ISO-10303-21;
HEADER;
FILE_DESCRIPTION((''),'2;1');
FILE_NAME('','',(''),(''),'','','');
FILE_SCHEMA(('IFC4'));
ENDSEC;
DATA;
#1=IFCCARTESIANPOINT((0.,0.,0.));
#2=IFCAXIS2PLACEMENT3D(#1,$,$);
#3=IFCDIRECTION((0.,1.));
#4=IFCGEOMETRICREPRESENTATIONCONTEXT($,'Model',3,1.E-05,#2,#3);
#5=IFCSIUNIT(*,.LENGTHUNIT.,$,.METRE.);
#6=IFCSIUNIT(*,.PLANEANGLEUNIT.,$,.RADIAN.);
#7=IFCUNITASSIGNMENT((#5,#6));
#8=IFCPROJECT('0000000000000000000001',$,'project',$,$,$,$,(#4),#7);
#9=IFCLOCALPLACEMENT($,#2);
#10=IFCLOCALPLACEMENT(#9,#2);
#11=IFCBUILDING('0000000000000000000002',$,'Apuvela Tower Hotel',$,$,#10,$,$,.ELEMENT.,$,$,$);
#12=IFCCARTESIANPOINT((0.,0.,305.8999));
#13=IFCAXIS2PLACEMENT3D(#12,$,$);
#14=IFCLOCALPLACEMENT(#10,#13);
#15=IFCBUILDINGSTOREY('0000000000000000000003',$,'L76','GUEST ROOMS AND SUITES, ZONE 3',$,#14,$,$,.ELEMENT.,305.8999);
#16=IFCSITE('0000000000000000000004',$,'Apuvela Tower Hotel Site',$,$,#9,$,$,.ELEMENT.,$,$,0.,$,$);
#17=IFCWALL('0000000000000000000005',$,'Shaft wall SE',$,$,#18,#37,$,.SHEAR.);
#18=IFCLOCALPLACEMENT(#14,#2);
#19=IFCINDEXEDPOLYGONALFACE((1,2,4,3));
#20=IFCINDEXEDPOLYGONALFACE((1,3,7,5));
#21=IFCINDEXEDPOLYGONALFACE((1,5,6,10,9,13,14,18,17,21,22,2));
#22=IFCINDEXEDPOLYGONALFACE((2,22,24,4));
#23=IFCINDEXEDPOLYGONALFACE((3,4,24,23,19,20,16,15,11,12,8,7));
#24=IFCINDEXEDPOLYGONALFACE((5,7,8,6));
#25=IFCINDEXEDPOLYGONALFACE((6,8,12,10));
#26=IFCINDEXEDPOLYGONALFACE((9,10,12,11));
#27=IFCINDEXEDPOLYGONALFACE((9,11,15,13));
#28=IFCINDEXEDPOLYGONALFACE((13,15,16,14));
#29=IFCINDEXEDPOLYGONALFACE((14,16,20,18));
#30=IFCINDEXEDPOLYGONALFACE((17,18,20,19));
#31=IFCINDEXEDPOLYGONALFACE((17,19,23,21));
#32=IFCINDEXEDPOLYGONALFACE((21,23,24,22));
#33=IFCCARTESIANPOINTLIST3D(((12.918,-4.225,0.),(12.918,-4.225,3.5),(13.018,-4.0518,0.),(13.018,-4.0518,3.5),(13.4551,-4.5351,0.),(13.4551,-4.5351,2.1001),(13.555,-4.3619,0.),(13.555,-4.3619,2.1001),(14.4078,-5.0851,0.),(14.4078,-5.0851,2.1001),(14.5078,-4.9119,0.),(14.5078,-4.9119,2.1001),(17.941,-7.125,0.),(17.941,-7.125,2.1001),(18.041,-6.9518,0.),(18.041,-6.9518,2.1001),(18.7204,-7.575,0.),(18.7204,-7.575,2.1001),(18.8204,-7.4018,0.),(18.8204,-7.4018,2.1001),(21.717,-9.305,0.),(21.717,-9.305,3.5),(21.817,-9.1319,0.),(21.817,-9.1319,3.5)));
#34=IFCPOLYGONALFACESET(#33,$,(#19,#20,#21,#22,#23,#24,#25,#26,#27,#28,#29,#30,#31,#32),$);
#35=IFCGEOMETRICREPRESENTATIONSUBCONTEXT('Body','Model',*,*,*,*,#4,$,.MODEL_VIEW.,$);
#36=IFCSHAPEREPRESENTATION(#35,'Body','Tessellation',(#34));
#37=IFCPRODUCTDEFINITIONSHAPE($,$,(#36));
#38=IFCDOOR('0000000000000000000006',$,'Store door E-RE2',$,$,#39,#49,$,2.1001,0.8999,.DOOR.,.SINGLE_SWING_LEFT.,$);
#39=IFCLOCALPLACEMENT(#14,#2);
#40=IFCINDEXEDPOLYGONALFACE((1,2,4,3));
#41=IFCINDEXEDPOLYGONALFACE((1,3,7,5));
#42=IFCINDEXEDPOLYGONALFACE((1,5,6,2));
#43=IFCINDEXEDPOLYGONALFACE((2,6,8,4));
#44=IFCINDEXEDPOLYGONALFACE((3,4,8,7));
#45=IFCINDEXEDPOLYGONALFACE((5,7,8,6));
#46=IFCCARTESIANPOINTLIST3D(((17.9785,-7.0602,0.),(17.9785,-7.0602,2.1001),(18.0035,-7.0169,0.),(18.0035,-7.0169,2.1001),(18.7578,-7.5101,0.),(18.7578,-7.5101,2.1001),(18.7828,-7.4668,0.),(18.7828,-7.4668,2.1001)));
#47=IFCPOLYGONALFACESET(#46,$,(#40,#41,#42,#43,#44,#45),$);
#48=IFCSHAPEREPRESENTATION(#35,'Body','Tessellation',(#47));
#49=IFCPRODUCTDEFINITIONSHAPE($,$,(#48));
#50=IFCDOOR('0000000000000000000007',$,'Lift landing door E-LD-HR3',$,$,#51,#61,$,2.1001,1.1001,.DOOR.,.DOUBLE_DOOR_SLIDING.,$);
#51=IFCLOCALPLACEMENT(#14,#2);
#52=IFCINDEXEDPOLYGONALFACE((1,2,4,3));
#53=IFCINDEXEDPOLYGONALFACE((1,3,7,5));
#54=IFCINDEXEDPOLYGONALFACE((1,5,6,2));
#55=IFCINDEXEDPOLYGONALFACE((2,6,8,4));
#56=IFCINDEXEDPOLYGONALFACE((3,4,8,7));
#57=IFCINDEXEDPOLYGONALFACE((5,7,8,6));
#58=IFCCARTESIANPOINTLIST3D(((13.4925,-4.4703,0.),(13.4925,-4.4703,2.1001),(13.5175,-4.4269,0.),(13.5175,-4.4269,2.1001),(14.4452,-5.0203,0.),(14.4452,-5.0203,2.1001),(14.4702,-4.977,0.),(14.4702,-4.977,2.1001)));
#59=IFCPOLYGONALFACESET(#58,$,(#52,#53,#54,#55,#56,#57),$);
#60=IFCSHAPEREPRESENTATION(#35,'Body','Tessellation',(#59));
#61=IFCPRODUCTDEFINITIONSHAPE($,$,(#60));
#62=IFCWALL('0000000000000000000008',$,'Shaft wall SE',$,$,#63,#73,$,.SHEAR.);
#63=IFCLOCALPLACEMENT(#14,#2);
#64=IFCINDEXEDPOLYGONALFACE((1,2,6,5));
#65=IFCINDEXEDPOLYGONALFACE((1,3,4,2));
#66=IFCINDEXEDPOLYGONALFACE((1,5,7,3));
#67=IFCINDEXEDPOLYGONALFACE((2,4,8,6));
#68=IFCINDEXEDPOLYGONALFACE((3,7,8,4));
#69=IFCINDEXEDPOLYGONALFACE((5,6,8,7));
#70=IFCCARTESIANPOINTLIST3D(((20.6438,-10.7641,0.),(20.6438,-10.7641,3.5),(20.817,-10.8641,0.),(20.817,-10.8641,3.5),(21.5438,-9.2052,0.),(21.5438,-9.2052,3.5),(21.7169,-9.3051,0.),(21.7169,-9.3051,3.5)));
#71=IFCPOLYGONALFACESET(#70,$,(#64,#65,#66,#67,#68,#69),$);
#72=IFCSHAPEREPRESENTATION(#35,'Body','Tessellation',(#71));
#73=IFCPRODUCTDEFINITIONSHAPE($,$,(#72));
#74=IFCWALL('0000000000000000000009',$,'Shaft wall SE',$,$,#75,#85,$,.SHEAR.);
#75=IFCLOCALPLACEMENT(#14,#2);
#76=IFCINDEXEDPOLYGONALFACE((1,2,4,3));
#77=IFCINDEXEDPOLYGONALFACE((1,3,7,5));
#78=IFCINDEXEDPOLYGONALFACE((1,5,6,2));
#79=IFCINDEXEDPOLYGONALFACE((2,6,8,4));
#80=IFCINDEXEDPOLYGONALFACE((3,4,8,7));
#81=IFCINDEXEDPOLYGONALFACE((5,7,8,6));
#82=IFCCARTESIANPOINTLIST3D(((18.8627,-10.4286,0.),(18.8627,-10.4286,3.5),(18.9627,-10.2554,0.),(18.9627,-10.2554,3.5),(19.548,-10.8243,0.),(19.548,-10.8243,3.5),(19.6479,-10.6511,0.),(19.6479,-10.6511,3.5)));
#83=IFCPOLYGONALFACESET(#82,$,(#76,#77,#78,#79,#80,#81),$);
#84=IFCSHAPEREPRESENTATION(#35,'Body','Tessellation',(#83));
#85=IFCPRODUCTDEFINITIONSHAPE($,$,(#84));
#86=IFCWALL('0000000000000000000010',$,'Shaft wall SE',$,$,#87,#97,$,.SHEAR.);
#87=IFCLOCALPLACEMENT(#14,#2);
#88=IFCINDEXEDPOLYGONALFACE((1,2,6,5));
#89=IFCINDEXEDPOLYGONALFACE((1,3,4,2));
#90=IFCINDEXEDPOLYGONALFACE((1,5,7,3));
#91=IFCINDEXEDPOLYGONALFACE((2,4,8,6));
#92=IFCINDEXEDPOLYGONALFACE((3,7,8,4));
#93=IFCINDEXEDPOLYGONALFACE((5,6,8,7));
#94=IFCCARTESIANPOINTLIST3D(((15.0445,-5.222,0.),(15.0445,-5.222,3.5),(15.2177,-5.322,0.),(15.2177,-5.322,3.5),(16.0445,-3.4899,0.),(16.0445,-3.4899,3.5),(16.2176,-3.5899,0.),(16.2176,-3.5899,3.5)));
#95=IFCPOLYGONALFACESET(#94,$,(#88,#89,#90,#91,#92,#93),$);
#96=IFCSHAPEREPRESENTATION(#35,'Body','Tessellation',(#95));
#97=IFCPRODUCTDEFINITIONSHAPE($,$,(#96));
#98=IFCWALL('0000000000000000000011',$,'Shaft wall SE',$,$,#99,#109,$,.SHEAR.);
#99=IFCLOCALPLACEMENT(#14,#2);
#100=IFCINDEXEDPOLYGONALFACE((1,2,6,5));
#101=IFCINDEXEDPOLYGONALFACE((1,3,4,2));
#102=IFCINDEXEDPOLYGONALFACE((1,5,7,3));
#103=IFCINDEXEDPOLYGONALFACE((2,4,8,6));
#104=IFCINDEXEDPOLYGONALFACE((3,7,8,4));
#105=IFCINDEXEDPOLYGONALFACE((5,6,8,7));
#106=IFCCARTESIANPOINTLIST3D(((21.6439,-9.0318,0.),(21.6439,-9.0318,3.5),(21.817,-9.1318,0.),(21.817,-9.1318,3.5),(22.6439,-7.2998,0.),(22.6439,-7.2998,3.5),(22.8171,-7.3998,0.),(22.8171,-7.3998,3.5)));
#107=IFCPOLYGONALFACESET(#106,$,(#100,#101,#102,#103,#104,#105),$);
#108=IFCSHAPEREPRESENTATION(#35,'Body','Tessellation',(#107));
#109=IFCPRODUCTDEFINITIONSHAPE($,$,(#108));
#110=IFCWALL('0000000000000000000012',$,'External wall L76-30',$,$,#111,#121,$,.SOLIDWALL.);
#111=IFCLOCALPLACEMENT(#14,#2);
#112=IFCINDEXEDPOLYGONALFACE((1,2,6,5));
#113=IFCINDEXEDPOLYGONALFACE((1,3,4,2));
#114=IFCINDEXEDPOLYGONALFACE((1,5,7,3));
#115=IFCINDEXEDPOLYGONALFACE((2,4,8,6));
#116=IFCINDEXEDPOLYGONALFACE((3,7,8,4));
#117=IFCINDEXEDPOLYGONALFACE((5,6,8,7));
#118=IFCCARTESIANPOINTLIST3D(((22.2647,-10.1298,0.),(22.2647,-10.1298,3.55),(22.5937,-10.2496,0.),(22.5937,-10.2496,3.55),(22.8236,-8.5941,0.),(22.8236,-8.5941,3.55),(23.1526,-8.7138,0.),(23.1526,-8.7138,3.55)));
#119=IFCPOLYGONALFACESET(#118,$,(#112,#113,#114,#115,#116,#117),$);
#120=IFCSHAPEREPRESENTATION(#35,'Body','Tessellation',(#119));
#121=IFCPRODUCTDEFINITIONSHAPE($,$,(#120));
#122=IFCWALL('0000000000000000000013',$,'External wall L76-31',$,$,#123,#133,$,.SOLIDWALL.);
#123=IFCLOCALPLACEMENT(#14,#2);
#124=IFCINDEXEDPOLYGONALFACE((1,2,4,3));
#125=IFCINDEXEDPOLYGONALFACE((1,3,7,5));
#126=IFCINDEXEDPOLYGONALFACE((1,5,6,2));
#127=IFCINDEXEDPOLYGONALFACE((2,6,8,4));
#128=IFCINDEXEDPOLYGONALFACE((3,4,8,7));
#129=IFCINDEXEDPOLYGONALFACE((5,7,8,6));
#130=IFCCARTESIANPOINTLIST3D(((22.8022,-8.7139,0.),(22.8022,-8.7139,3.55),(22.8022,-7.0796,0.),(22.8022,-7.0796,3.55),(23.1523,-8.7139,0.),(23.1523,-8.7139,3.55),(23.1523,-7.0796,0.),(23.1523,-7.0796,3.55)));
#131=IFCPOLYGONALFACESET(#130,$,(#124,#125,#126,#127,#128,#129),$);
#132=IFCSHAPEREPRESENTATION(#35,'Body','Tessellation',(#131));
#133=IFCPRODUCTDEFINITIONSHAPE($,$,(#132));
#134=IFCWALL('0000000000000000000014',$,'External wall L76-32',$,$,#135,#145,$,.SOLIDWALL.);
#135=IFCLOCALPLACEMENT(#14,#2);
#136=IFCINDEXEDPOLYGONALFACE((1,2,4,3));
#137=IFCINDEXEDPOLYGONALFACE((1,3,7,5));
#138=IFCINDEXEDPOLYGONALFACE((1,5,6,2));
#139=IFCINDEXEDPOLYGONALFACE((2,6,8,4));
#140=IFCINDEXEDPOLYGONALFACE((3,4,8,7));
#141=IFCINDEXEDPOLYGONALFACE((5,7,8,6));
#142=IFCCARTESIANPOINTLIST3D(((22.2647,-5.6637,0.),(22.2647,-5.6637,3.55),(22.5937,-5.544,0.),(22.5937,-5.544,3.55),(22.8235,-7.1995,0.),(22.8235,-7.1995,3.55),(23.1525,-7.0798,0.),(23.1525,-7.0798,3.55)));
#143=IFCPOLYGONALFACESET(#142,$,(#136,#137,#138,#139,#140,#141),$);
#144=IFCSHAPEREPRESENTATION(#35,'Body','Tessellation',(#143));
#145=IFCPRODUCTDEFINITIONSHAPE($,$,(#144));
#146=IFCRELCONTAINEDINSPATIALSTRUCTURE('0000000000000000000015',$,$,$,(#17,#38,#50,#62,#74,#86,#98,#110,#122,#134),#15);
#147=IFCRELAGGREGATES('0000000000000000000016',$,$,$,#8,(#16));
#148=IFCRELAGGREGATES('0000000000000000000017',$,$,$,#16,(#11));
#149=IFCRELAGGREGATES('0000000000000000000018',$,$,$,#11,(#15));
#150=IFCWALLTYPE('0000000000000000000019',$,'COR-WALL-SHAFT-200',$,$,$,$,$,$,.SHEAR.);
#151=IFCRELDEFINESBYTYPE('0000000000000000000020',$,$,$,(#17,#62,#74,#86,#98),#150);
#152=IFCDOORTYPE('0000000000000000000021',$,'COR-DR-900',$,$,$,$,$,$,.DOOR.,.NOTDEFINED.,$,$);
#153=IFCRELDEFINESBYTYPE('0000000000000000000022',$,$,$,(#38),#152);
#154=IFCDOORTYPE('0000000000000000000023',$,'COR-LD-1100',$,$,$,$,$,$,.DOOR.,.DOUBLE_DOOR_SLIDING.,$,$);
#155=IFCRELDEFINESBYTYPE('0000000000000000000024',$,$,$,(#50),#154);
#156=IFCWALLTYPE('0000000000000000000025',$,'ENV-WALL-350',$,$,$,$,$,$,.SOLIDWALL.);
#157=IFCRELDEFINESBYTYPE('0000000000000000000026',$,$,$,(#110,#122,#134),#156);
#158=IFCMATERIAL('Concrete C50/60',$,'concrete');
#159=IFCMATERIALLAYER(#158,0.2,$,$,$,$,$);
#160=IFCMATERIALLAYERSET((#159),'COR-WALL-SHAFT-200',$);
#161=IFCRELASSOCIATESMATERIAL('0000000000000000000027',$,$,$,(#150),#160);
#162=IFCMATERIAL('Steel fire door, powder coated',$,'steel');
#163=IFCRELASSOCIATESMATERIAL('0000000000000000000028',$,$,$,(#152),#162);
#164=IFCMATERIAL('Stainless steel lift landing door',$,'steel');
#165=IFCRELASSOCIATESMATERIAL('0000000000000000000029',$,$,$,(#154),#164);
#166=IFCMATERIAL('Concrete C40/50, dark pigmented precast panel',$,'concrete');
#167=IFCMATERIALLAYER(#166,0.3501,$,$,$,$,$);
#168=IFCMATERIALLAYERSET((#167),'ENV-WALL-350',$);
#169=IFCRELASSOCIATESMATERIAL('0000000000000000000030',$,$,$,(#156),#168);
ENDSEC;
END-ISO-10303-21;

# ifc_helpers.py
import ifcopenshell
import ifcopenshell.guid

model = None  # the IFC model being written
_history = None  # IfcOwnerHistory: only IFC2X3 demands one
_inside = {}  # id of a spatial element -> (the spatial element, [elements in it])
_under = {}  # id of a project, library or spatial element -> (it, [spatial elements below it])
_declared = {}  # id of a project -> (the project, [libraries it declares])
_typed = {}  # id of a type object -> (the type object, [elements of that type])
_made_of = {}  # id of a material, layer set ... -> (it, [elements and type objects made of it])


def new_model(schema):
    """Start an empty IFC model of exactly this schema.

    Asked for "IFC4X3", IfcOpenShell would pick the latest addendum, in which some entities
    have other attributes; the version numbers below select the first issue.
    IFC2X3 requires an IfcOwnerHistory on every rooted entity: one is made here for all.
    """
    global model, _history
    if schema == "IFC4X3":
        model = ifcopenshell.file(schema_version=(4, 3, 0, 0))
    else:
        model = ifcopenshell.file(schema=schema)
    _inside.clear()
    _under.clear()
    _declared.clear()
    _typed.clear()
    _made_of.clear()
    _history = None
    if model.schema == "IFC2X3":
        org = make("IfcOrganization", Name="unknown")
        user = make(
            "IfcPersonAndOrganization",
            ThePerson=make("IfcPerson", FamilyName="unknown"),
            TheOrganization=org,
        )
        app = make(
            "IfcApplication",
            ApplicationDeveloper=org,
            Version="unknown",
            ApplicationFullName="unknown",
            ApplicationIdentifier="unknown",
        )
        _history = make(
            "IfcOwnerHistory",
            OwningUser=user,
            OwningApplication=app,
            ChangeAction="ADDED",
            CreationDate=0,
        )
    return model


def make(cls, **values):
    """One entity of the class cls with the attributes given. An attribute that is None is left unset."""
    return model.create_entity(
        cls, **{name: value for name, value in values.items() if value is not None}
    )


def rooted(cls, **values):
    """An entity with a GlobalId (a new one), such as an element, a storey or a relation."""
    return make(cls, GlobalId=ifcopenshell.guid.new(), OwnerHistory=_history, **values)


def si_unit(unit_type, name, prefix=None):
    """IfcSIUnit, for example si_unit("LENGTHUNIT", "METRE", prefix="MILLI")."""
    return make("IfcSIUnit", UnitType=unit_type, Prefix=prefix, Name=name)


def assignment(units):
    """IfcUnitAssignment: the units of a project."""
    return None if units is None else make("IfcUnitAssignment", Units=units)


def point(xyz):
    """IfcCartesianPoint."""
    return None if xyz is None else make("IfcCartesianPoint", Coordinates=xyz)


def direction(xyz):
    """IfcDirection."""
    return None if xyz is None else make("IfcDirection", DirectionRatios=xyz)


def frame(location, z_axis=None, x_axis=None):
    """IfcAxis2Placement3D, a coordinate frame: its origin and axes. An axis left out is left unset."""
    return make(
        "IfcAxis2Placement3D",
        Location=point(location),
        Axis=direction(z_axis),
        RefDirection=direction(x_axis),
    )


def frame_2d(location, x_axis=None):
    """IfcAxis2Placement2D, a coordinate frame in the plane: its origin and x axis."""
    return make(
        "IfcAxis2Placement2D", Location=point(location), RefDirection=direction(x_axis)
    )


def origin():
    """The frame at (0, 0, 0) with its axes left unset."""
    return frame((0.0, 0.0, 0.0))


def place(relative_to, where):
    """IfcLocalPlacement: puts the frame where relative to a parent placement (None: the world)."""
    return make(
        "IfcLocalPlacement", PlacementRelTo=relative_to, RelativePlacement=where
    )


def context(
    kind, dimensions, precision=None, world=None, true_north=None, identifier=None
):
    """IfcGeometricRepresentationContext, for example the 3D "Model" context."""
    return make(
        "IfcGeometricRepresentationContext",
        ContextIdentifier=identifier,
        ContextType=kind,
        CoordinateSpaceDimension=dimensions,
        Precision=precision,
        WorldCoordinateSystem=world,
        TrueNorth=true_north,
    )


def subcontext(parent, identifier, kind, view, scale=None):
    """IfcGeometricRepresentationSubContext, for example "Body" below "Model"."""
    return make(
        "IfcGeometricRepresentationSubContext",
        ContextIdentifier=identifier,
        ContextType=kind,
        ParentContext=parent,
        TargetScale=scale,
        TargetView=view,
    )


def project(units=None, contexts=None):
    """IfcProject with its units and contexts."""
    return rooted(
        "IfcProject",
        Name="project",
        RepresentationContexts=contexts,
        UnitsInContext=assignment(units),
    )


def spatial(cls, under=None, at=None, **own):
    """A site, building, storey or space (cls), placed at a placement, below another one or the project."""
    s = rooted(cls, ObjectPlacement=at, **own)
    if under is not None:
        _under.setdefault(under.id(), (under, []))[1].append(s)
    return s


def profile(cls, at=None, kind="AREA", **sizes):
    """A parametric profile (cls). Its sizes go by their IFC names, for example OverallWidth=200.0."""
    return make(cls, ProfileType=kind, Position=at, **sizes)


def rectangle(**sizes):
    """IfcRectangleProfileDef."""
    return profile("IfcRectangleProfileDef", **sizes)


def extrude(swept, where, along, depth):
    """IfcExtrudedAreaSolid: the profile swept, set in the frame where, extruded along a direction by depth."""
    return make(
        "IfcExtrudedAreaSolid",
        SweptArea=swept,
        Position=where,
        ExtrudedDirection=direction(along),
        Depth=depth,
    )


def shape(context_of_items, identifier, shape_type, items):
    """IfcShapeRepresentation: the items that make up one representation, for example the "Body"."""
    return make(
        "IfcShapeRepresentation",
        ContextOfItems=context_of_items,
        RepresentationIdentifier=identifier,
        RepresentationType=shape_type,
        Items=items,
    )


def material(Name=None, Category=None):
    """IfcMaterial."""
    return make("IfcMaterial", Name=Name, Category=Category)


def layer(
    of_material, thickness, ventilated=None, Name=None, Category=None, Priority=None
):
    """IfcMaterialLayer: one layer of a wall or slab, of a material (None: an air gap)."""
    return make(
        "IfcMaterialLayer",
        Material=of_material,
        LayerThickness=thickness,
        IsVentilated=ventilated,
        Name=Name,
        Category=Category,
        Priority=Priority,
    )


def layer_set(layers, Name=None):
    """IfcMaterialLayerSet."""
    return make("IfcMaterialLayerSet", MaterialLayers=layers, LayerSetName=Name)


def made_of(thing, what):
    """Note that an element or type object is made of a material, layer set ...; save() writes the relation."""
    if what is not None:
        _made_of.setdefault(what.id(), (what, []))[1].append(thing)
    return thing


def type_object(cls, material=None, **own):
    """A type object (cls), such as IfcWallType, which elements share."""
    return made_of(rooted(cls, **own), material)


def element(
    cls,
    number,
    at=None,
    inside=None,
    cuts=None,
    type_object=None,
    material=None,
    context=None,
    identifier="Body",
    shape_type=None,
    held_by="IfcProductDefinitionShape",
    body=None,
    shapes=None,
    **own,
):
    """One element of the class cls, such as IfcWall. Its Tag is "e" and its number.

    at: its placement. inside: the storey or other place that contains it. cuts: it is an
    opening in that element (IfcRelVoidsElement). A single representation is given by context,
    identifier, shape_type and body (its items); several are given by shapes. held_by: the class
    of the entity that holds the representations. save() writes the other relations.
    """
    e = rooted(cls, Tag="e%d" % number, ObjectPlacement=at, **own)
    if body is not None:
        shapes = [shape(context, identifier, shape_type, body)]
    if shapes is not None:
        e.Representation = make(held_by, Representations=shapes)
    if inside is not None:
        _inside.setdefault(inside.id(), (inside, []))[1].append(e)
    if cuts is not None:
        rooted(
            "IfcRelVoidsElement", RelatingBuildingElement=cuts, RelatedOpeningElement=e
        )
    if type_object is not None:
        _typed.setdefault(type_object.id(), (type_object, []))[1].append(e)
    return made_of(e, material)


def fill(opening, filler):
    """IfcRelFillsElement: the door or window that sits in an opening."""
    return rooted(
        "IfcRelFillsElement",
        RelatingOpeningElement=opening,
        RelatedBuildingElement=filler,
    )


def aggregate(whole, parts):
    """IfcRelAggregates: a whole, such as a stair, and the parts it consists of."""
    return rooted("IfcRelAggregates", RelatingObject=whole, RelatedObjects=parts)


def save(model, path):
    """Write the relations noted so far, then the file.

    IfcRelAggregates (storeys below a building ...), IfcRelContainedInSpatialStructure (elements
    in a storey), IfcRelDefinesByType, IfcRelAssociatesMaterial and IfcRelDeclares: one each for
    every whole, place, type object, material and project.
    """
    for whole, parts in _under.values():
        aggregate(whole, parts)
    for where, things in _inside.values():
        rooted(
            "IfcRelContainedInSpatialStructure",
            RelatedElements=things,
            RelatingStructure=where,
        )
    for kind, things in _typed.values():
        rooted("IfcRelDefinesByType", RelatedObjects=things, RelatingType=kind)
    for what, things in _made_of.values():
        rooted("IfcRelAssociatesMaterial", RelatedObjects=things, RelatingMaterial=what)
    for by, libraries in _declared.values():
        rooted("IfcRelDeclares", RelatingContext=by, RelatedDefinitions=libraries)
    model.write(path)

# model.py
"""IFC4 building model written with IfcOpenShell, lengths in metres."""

from ifc_helpers import new_model, si_unit, direction, frame, frame_2d, origin, place, context, subcontext, project, spatial, rectangle, extrude, material, layer, layer_set, type_object, element, fill, save


model = new_model("IFC4")

# Units and contexts
model_context = context("Model", 3, precision=1e-05, world=origin(), true_north=direction((0.0, 1.0)))
body_context = subcontext(model_context, "Body", "Model", "MODEL_VIEW")
ifc_project = project(units=[si_unit("LENGTHUNIT", "METRE"), si_unit("PLANEANGLEUNIT", "RADIAN")], contexts=[model_context])

# Site, building, storey
site_placement = place(None, origin())
site = spatial("IfcSite", under=ifc_project, at=site_placement, Name="Apuvela Tower Hotel Site", CompositionType="ELEMENT", RefElevation=0.0)
building_placement = place(site_placement, origin())
building = spatial("IfcBuilding", under=site, at=building_placement, Name="Apuvela Tower Hotel", CompositionType="ELEMENT")
storey_placement = place(building_placement, frame((0.0, 0.0, 305.8999)))
storey = spatial("IfcBuildingStorey", under=building, at=storey_placement, Name="L76", Description="GUEST ROOMS AND SUITES, ZONE 3", CompositionType="ELEMENT", Elevation=305.8999)

# Shared definitions
ifc_material_1 = material(Name="Concrete C50/60", Category="concrete")
ifc_layer_1 = layer(ifc_material_1, 0.2)
ifc_layer_set_1 = layer_set([ifc_layer_1], Name="COR-WALL-SHAFT-200")
wall_type_1 = type_object("IfcWallType", Name="COR-WALL-SHAFT-200", PredefinedType="SHEAR", material=ifc_layer_set_1)

# Wall, openings, doors
wall_1_placement = place(storey_placement, frame((12.968, -4.1384, 0.0), z_axis=(0.0, 0.0, 1.0), x_axis=(0.866028, -0.499995, 0.0)))
wall_1 = element("IfcWall", 1, at=wall_1_placement, inside=storey, type_object=wall_type_1, Name="Shaft wall SE", PredefinedType="SHEAR", context=body_context, shape_type="SweptSolid", body=[
    extrude(rectangle(XDim=10.1602, YDim=0.2, at=frame_2d((5.0801, 0.0))), origin(), (0.0, 0.0, 1.0), 3.5),
])
opening_1_placement = place(wall_1_placement, frame((0.6201, 0.0, 0.0)))
opening_1 = element("IfcOpeningElement", 2, at=opening_1_placement, cuts=wall_1, PredefinedType="OPENING", context=body_context, shape_type="SweptSolid", body=[
    extrude(rectangle(XDim=1.1001, YDim=2.1001, at=frame_2d((0.55, 1.05))), frame((0.0, 0.1099, 0.0), z_axis=(0.0, -1.0, 0.0), x_axis=(1.0, 0.0, 0.0)), (0.0, 0.0, 1.0), 0.22),
])
opening_2_placement = place(wall_1_placement, frame((5.8, 0.0, 0.0)))
opening_2 = element("IfcOpeningElement", 3, at=opening_2_placement, cuts=wall_1, PredefinedType="OPENING", context=body_context, shape_type="SweptSolid", body=[
    extrude(rectangle(XDim=0.8999, YDim=2.1001, at=frame_2d((0.45, 1.05))), frame((0.0, 0.1099, 0.0), z_axis=(0.0, -1.0, 0.0), x_axis=(1.0, 0.0, 0.0)), (0.0, 0.0, 1.0), 0.22),
])
ifc_material_2 = material(Name="Steel fire door, powder coated", Category="steel")
door_type_1 = type_object("IfcDoorType", Name="COR-DR-900", OperationType="NOTDEFINED", PredefinedType="DOOR", material=ifc_material_2)
door_1_placement = place(opening_2_placement, origin())
door_1 = element("IfcDoor", 4, at=door_1_placement, inside=storey, type_object=door_type_1, Name="Store door E-RE2", OperationType="SINGLE_SWING_LEFT", OverallHeight=2.1001, OverallWidth=0.8999, PredefinedType="DOOR", context=body_context, shape_type="SweptSolid", body=[
    extrude(rectangle(XDim=0.8999, YDim=2.1001, at=frame_2d((0.45, 1.05))), frame((0.0, 0.0249, 0.0), z_axis=(0.0, -1.0, 0.0), x_axis=(1.0, 0.0, 0.0)), (0.0, 0.0, 1.0), 0.05),
])
fill(opening_2, door_1)
ifc_material_3 = material(Name="Stainless steel lift landing door", Category="steel")
door_type_2 = type_object("IfcDoorType", Name="COR-LD-1100", OperationType="DOUBLE_DOOR_SLIDING", PredefinedType="DOOR", material=ifc_material_3)
door_2_placement = place(opening_1_placement, origin())
door_2 = element("IfcDoor", 5, at=door_2_placement, inside=storey, type_object=door_type_2, Name="Lift landing door E-LD-HR3", OperationType="DOUBLE_DOOR_SLIDING", OverallHeight=2.1001, OverallWidth=1.1001, PredefinedType="DOOR", context=body_context, shape_type="SweptSolid", body=[
    extrude(rectangle(XDim=1.1001, YDim=2.1001, at=frame_2d((0.55, 1.05))), frame((0.0, 0.0249, 0.0), z_axis=(0.0, -1.0, 0.0), x_axis=(1.0, 0.0, 0.0)), (0.0, 0.0, 1.0), 0.05),
])
fill(opening_1, door_2)

# Walls
wall_2_placement = place(storey_placement, frame((20.7305, -10.814, 0.0), z_axis=(0.0, 0.0, 1.0), x_axis=(0.499961, 0.866048, 0.0)))
element("IfcWall", 6, at=wall_2_placement, inside=storey, type_object=wall_type_1, Name="Shaft wall SE", PredefinedType="SHEAR", context=body_context, shape_type="SweptSolid", body=[
    extrude(rectangle(XDim=1.8, YDim=0.2, at=frame_2d((0.8999, 0.0))), origin(), (0.0, 0.0, 1.0), 3.5),
])
wall_3_placement = place(storey_placement, frame((18.9128, -10.342, 0.0), z_axis=(0.0, 0.0, 1.0), x_axis=(0.865975, -0.500087, 0.0)))
element("IfcWall", 7, at=wall_3_placement, inside=storey, type_object=wall_type_1, Name="Shaft wall SE", PredefinedType="SHEAR", context=body_context, shape_type="SweptSolid", body=[
    extrude(rectangle(XDim=0.7913, YDim=0.2, at=frame_2d((0.3955, 0.0))), origin(), (0.0, 0.0, 1.0), 3.5),
])
for number, where, z_axis, x_axis, name in (
    (8, (15.1311, -5.272, 0.0), (0.0, 0.0, 1.0), (0.499973, 0.866041, 0.0), "Shaft wall SE"),
    (9, (21.7305, -9.0818, 0.0), (0.0, 0.0, 1.0), (0.500025, 0.866011, 0.0), "Shaft wall SE"),
):
    element("IfcWall", number, at=place(storey_placement, frame(where, z_axis=z_axis, x_axis=x_axis)), inside=storey, type_object=wall_type_1, Name=name, PredefinedType="SHEAR", context=body_context, shape_type="SweptSolid", body=[
        extrude(rectangle(XDim=2.0, YDim=0.2, at=frame_2d((1.0, 0.0))), origin(), (0.0, 0.0, 1.0), 3.5),
    ])
ifc_material_4 = material(Name="Concrete C40/50, dark pigmented precast panel", Category="concrete")
ifc_layer_2 = layer(ifc_material_4, 0.3501)
ifc_layer_set_2 = layer_set([ifc_layer_2], Name="ENV-WALL-350")
wall_type_2 = type_object("IfcWallType", Name="ENV-WALL-350", PredefinedType="SOLIDWALL", material=ifc_layer_set_2)
for number, where, z_axis, x_axis, name in (
    (10, (22.4292, -10.1897, 0.0), (0.0, 0.0, 1.0), (0.341971, 0.939711, 0.0), "External wall L76-30"),
    (11, (22.9773, -8.7139, 0.0), (0.0, 0.0, 1.0), (0.0, 1.0, 0.0), "External wall L76-31"),
    (12, (22.988, -7.1396, 0.0), (0.0, 0.0, 1.0), (-0.341923, 0.939728, 0.0), "External wall L76-32"),
):
    element("IfcWall", number, at=place(storey_placement, frame(where, z_axis=z_axis, x_axis=x_axis)), inside=storey, type_object=wall_type_2, Name=name, PredefinedType="SOLIDWALL", context=body_context, shape_type="SweptSolid", body=[
        extrude(rectangle(XDim=1.6343, YDim=0.3501, at=frame_2d((0.8171, 0.0))), origin(), (0.0, 0.0, 1.0), 3.55),
    ])

save(model, "model.ifc")
